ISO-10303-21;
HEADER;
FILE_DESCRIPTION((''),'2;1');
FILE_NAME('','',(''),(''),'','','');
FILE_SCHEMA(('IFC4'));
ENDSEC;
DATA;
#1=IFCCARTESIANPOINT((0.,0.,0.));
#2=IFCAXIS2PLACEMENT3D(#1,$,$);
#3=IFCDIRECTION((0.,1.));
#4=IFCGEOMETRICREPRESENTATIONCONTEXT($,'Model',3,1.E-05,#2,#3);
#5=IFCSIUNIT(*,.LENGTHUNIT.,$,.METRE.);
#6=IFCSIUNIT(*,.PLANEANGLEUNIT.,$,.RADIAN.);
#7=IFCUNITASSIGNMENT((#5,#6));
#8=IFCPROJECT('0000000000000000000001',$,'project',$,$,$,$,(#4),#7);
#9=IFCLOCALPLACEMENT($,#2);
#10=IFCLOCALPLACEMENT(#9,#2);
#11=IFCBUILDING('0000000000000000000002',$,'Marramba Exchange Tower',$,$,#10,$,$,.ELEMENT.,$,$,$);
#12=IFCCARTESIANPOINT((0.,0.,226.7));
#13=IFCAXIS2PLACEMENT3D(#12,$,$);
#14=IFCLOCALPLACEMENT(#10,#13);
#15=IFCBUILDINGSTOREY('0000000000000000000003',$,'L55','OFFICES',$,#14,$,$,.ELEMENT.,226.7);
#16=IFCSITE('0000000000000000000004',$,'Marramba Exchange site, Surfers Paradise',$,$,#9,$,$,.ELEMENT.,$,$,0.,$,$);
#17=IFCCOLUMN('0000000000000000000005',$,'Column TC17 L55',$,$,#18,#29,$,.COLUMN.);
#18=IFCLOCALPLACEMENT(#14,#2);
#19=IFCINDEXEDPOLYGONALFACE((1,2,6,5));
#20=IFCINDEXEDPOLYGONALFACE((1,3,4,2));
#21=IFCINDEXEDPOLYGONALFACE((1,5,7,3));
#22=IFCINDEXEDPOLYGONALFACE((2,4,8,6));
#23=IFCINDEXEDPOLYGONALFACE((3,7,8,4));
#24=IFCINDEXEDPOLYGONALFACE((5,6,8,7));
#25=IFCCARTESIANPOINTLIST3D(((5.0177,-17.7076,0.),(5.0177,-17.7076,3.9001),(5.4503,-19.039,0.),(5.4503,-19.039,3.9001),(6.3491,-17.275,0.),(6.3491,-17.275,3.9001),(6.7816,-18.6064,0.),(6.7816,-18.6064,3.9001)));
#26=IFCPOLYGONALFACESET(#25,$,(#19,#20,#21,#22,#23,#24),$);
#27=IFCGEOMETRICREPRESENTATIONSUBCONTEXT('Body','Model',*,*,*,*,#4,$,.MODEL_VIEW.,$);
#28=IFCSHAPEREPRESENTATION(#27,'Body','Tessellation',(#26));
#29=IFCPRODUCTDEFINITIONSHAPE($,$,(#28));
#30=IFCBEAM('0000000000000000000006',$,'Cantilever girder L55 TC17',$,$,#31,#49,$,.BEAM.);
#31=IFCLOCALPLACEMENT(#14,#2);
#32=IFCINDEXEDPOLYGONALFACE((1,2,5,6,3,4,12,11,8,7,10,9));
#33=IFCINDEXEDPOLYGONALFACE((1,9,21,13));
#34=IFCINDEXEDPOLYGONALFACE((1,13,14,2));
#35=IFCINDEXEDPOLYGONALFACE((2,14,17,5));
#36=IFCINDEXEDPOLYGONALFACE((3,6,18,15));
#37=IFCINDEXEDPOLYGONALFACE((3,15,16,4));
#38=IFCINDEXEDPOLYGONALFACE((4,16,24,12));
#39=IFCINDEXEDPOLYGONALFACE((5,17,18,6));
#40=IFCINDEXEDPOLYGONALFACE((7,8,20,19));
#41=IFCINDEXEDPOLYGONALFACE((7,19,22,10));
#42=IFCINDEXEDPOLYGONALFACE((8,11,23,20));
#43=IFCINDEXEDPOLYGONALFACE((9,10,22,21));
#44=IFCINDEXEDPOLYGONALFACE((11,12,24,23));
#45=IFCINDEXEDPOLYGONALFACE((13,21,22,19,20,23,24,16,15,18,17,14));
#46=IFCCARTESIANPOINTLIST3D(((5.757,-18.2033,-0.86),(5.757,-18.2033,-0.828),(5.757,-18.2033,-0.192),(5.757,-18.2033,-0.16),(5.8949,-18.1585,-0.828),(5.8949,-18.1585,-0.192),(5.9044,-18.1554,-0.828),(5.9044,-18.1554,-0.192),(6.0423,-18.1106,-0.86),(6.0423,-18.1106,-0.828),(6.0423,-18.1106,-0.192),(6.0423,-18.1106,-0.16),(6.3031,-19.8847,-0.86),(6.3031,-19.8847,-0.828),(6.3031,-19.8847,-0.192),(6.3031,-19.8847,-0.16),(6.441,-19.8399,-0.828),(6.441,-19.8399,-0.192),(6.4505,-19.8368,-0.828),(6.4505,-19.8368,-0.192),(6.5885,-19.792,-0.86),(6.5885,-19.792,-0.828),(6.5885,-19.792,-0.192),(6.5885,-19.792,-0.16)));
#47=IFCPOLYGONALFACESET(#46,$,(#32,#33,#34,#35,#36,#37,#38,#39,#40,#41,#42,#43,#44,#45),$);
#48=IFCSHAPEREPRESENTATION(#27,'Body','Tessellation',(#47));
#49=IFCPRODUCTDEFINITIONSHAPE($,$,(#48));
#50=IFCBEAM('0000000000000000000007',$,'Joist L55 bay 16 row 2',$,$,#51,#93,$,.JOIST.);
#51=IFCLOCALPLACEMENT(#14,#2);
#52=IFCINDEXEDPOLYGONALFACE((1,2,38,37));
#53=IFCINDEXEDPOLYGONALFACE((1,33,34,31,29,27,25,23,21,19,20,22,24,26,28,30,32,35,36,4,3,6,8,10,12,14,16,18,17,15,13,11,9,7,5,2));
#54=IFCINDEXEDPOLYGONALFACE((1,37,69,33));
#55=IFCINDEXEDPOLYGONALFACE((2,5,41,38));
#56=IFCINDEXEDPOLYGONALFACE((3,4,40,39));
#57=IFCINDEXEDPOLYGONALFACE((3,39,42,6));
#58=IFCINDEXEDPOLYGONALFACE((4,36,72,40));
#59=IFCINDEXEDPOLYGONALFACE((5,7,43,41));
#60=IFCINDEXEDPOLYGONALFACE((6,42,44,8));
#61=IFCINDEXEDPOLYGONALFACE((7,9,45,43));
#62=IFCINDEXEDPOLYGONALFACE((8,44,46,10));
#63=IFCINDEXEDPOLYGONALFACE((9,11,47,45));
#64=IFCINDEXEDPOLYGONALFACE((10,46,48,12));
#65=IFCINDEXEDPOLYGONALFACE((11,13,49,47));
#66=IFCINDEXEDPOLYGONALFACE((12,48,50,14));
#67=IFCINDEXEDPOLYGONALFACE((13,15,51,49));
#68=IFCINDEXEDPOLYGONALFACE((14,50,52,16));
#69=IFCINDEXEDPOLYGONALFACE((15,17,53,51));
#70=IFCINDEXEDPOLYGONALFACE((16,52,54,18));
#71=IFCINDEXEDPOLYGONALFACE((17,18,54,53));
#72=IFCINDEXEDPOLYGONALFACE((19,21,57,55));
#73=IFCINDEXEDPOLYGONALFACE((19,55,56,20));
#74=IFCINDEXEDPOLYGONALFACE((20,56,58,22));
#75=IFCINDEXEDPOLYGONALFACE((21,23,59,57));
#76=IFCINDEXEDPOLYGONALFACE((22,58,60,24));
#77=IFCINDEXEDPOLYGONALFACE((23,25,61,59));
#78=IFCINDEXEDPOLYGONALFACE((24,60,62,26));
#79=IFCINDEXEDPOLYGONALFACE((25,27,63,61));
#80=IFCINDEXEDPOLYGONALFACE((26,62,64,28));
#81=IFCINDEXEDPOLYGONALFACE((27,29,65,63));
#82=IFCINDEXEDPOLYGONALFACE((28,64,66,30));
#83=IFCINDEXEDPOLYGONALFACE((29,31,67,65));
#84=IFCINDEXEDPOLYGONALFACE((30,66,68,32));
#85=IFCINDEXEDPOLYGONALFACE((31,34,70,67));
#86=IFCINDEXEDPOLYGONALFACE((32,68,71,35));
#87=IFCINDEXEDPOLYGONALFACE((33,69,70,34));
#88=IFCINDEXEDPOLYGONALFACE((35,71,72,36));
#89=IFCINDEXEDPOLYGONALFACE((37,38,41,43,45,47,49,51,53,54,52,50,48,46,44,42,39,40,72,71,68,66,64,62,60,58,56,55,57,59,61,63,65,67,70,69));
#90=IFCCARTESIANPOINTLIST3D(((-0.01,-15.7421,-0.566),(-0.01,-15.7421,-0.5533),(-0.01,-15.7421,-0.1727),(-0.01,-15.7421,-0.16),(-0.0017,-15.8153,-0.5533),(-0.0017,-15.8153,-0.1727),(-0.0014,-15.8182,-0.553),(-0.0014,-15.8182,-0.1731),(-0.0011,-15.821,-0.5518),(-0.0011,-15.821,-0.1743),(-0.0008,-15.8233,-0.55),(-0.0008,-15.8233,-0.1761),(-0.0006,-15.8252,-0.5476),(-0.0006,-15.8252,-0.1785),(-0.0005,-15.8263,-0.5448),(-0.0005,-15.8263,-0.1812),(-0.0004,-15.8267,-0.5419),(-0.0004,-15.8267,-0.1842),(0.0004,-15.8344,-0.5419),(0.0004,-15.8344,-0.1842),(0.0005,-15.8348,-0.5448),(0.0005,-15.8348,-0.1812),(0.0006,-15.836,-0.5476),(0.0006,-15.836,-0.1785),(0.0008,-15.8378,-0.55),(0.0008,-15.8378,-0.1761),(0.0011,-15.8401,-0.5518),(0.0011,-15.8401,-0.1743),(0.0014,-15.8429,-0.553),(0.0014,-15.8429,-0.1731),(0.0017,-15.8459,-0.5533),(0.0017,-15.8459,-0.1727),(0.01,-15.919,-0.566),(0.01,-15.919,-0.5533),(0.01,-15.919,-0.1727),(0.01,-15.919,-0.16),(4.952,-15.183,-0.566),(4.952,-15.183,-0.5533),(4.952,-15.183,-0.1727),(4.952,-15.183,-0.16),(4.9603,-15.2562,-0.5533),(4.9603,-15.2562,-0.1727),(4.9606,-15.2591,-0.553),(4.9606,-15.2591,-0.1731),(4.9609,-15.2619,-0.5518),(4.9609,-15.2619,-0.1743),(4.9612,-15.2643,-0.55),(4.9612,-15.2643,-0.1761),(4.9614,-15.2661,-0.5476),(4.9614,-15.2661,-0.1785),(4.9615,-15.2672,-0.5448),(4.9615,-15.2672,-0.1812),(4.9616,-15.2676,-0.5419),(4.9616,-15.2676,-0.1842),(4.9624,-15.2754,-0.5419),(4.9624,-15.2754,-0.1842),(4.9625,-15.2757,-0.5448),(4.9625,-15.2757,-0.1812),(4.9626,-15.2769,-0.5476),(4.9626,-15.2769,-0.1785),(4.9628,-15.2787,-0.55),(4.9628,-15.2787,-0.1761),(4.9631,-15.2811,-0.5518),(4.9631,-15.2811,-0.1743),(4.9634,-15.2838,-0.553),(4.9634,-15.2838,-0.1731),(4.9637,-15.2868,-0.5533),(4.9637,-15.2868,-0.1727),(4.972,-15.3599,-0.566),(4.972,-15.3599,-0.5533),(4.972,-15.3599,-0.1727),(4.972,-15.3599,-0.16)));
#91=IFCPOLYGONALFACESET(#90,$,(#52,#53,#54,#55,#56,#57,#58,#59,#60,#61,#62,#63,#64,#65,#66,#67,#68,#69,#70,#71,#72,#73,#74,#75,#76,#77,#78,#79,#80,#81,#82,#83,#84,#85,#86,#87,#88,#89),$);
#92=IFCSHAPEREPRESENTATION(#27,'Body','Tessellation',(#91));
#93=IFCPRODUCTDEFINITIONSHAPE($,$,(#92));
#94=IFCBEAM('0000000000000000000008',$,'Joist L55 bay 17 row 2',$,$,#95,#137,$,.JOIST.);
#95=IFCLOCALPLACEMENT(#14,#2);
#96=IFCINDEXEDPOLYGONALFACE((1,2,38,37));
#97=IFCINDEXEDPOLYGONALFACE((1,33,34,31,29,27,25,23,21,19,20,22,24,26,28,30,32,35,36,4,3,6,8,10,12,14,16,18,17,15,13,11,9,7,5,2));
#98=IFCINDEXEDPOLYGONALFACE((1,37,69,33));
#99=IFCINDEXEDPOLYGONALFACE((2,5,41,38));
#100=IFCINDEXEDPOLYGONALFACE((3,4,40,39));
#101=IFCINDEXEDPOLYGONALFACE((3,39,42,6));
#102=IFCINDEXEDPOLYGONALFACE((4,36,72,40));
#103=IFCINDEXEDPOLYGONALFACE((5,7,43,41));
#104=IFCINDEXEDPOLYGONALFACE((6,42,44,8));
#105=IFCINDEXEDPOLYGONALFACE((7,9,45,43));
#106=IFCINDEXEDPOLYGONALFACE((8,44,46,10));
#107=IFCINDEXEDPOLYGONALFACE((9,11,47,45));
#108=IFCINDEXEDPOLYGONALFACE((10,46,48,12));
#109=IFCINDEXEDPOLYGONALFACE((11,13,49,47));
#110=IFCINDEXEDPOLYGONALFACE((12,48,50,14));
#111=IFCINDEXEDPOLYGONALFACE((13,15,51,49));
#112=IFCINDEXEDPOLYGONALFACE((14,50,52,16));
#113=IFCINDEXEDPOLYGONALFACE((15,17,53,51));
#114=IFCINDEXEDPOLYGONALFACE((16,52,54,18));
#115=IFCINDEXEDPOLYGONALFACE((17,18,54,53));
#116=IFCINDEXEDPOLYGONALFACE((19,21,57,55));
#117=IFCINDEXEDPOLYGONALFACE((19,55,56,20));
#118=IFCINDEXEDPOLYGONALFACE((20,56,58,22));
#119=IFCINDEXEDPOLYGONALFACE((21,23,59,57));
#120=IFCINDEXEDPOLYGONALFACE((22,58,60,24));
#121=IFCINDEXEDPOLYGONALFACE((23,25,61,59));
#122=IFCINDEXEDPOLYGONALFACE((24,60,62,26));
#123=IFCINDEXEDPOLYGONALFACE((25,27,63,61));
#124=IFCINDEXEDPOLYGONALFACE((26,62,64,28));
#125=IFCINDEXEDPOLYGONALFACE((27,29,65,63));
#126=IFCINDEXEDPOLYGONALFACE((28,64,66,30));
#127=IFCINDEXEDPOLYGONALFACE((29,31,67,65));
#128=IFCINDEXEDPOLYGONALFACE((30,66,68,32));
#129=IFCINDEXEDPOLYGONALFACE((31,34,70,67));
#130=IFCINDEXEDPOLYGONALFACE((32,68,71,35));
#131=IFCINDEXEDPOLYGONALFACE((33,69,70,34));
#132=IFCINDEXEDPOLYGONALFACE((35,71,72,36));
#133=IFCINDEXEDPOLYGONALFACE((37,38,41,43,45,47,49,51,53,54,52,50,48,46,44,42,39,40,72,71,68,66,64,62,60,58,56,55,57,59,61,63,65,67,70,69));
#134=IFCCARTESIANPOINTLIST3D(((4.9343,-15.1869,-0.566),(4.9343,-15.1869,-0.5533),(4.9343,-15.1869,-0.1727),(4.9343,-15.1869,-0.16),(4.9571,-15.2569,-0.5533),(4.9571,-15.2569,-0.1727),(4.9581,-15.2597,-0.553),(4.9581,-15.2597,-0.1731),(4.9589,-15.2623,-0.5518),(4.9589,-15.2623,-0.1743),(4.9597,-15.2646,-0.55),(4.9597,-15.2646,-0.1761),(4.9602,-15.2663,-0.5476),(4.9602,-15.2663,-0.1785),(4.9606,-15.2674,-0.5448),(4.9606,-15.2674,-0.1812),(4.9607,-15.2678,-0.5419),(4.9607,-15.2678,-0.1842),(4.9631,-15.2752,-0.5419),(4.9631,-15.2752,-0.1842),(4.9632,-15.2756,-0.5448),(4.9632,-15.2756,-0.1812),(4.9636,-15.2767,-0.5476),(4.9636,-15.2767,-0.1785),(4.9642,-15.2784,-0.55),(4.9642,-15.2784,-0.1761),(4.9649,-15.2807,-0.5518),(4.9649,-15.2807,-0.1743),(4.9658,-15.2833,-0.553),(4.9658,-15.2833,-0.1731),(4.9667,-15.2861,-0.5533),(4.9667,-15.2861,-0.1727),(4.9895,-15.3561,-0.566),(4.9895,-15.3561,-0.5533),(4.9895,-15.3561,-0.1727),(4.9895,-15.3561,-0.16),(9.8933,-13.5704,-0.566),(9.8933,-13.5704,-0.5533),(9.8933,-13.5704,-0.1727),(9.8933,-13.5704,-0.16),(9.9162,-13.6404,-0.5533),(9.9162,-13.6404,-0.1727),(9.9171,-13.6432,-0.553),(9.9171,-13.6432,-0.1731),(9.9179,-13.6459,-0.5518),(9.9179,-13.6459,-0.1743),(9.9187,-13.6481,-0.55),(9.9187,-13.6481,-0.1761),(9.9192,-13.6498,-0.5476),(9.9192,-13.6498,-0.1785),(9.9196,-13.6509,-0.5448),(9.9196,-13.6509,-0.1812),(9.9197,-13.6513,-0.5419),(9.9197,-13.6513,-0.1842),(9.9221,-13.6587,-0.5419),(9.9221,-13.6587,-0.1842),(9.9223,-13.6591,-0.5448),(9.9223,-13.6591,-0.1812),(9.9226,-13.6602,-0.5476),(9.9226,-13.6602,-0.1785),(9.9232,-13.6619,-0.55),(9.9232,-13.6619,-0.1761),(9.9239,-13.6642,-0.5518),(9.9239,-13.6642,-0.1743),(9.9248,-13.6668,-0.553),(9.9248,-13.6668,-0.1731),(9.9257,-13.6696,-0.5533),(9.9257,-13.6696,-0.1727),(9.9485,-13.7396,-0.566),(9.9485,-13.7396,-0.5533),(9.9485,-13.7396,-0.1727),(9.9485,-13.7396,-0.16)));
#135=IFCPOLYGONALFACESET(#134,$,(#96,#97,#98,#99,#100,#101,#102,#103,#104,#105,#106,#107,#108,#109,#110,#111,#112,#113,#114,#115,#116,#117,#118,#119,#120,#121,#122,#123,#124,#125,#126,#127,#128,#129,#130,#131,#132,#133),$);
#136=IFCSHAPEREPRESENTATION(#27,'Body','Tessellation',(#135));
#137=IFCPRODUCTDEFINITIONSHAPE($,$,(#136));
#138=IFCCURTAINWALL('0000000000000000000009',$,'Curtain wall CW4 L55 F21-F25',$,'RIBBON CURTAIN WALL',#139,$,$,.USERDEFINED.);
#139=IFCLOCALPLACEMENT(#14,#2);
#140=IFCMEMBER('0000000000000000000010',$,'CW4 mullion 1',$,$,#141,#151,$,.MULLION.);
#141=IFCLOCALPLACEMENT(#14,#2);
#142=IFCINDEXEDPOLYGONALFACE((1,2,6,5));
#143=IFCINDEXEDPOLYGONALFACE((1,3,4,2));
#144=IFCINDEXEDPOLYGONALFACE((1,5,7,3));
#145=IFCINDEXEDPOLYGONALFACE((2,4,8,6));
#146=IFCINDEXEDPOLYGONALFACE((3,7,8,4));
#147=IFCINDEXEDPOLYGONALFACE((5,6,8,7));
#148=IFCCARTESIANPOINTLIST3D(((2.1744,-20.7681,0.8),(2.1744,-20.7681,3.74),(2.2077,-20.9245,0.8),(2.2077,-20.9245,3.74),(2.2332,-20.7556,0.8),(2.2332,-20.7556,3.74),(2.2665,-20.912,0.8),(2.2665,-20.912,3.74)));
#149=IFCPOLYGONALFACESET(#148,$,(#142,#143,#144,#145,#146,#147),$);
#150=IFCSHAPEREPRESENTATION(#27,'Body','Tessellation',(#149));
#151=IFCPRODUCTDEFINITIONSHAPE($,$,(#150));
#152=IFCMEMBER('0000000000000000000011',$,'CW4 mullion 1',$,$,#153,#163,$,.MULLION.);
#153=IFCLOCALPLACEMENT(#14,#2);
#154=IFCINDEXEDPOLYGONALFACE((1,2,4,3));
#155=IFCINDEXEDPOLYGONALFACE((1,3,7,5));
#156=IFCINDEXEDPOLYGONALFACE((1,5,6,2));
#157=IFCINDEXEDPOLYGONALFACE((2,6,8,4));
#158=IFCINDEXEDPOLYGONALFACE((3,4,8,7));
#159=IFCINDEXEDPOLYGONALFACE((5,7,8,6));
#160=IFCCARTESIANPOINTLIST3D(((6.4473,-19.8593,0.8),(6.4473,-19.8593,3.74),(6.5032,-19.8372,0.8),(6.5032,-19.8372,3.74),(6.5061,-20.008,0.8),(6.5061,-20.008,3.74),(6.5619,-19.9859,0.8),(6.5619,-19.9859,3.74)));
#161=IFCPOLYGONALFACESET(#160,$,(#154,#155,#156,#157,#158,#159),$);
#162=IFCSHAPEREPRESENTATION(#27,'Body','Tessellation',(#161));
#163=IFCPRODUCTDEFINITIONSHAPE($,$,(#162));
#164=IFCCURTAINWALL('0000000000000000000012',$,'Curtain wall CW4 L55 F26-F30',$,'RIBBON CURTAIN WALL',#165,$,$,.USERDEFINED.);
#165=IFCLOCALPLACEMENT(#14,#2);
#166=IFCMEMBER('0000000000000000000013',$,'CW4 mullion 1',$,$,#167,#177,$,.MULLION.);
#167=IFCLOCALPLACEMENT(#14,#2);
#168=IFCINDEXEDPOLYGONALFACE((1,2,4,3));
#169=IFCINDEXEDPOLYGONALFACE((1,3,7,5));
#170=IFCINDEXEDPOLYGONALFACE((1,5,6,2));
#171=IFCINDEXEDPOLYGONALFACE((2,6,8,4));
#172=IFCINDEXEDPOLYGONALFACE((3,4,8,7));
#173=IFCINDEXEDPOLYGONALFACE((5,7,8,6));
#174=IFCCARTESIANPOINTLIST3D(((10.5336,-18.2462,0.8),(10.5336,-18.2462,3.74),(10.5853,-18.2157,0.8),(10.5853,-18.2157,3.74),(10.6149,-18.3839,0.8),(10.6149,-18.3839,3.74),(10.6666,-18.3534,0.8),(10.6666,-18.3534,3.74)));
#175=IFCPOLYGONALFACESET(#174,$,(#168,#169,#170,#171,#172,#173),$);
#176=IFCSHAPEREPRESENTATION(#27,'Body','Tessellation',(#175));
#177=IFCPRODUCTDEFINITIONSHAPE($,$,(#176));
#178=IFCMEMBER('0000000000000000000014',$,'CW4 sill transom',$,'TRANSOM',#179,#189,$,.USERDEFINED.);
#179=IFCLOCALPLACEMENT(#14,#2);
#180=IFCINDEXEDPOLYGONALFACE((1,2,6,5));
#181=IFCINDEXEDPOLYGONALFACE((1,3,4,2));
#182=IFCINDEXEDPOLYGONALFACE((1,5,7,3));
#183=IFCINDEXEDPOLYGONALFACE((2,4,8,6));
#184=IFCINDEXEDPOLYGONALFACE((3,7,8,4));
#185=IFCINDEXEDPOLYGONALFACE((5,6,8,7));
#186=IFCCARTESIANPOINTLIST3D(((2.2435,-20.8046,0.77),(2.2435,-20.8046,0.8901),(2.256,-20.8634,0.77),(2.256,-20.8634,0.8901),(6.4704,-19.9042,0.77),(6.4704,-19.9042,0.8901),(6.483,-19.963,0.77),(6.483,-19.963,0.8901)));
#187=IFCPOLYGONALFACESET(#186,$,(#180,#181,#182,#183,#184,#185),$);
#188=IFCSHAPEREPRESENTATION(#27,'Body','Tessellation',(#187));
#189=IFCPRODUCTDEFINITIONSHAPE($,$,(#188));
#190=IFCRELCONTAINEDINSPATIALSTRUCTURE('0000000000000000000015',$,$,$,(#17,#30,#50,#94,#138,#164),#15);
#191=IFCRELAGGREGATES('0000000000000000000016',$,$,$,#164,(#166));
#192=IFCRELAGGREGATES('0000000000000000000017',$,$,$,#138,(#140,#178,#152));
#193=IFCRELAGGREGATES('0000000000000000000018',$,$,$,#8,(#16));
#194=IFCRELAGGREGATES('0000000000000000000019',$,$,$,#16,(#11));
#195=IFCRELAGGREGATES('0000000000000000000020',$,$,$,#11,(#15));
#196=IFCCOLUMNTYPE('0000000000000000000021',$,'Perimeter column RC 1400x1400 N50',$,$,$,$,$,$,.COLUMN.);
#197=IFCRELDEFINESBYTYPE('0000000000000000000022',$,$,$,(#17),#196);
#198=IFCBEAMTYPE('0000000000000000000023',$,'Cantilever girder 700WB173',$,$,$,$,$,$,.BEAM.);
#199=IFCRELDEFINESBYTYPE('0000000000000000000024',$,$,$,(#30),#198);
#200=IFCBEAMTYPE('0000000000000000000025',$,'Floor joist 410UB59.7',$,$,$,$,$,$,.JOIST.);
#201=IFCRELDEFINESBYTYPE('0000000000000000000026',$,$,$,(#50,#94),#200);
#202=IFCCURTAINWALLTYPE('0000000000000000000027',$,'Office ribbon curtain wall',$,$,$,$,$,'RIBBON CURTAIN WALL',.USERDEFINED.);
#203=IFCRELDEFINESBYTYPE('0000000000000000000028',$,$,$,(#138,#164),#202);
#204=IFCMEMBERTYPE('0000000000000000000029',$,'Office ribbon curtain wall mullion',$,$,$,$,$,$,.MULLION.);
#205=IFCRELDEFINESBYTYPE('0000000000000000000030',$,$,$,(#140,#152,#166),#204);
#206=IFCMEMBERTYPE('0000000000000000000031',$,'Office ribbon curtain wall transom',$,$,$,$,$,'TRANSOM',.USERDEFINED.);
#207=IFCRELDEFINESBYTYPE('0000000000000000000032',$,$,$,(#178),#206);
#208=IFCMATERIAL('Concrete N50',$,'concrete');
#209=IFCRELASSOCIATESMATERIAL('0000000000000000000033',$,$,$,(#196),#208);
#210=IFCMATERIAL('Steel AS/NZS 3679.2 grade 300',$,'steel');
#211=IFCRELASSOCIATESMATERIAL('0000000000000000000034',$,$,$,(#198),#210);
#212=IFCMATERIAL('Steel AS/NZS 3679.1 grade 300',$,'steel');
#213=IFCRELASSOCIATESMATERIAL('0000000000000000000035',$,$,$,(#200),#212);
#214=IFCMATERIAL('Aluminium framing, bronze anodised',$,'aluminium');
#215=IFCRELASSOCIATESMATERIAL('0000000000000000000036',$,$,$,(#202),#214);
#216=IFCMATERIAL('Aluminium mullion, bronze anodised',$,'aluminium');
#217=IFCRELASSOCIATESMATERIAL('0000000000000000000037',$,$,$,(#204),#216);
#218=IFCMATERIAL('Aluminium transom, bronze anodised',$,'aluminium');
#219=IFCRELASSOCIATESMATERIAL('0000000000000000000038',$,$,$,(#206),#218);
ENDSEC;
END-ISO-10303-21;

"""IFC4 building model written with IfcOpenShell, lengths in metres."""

from ifc_helpers import new_model, si_unit, direction, frame, origin, origin_2d, place, context, subcontext, project, spatial, rectangle, i_section, extrude, material, material_profile, profile_set, type_object, element, aggregate, save


model = new_model("IFC4")

# Units and contexts
model_context = context("Model", 3, precision=1e-05, world=origin(), true_north=direction((0.0, 1.0)))
body_context = subcontext(model_context, "Body", "Model", "MODEL_VIEW")
ifc_project = project(units=[si_unit("LENGTHUNIT", "METRE"), si_unit("PLANEANGLEUNIT", "RADIAN")], contexts=[model_context])

# Site, building, storey
site_placement = place(None, origin())
site = spatial("IfcSite", under=ifc_project, at=site_placement, Name="Marramba Exchange site, Surfers Paradise", CompositionType="ELEMENT", RefElevation=0.0)
building_placement = place(site_placement, origin())
building = spatial("IfcBuilding", under=site, at=building_placement, Name="Marramba Exchange Tower", CompositionType="ELEMENT")
storey_placement = place(building_placement, frame((0.0, 0.0, 226.7)))
storey = spatial("IfcBuildingStorey", under=building, at=storey_placement, Name="L55", Description="OFFICES", CompositionType="ELEMENT", Elevation=226.7)

# Column
ifc_material_1 = material(Name="Concrete N50", Category="concrete")
ifc_material_profile_1 = material_profile(ifc_material_1, rectangle(XDim=1.3999, YDim=1.3999, at=origin_2d()), Name="RC 1400x1400")
ifc_profile_set_1 = profile_set([ifc_material_profile_1], Name="Concrete N50")
column_type = type_object("IfcColumnType", Name="Perimeter column RC 1400x1400 N50", PredefinedType="COLUMN", material=ifc_profile_set_1)
column_placement = place(storey_placement, frame((5.8997, -18.157, 0.0), z_axis=(0.0, 0.0, 1.0), x_axis=(0.309017, -0.951057, 0.0)))
element("IfcColumn", 1, at=column_placement, inside=storey, type_object=column_type, Name="Column TC17 L55", PredefinedType="COLUMN", context=body_context, shape_type="SweptSolid", body=[
    extrude(rectangle(XDim=1.3999, YDim=1.3999, at=origin_2d()), origin(), (0.0, 0.0, 1.0), 3.9001),
])

# Beams
ifc_material_2 = material(Name="Steel AS/NZS 3679.2 grade 300", Category="steel")
ifc_material_profile_2 = material_profile(ifc_material_2, i_section(OverallWidth=0.3, OverallDepth=0.7, WebThickness=0.01, FlangeThickness=0.032, at=origin_2d()), Name="700WB173")
ifc_profile_set_2 = profile_set([ifc_material_profile_2], Name="Steel AS/NZS 3679.2 grade 300")
beam_type_1 = type_object("IfcBeamType", Name="Cantilever girder 700WB173", PredefinedType="BEAM", material=ifc_profile_set_2)
beam_1_placement = place(storey_placement, frame((5.8997, -18.157, -0.51), z_axis=(0.308927, -0.951086, 0.0), x_axis=(0.951086, 0.308927, 0.0)))
element("IfcBeam", 2, at=beam_1_placement, inside=storey, type_object=beam_type_1, Name="Cantilever girder L55 TC17", PredefinedType="BEAM", context=body_context, shape_type="SweptSolid", body=[
    extrude(i_section(OverallWidth=0.3, OverallDepth=0.7, WebThickness=0.01, FlangeThickness=0.032, at=origin_2d()), origin(), (0.0, 0.0, 1.0), 1.7678),
])
ifc_material_3 = material(Name="Steel AS/NZS 3679.1 grade 300", Category="steel")
ifc_material_profile_3 = material_profile(ifc_material_3, i_section(OverallWidth=0.178, OverallDepth=0.406, WebThickness=0.0078, FlangeThickness=0.0127, FilletRadius=0.0115, at=origin_2d()), Name="410UB59.7")
ifc_profile_set_3 = profile_set([ifc_material_profile_3], Name="Steel AS/NZS 3679.1 grade 300")
beam_type_2 = type_object("IfcBeamType", Name="Floor joist 410UB59.7", PredefinedType="JOIST", material=ifc_profile_set_3)
beam_2_placement = place(storey_placement, frame((0.0, -15.8306, -0.363), z_axis=(0.993712, 0.111966, 0.0), x_axis=(-0.111966, 0.993712, 0.0)))
element("IfcBeam", 3, at=beam_2_placement, inside=storey, type_object=beam_type_2, Name="Joist L55 bay 16 row 2", PredefinedType="JOIST", context=body_context, shape_type="SweptSolid", body=[
    extrude(i_section(OverallWidth=0.178, OverallDepth=0.406, WebThickness=0.0078, FlangeThickness=0.0127, FilletRadius=0.0115, at=origin_2d()), origin(), (0.0, 0.0, 1.0), 4.9934),
])
beam_3_placement = place(storey_placement, frame((4.9619, -15.2715, -0.363), z_axis=(0.950764, 0.309916, 0.0), x_axis=(-0.309916, 0.950764, 0.0)))
element("IfcBeam", 4, at=beam_3_placement, inside=storey, type_object=beam_type_2, Name="Joist L55 bay 17 row 2", PredefinedType="JOIST", context=body_context, shape_type="SweptSolid", body=[
    extrude(i_section(OverallWidth=0.178, OverallDepth=0.406, WebThickness=0.0078, FlangeThickness=0.0127, FilletRadius=0.0115, at=origin_2d()), origin(), (0.0, 0.0, 1.0), 5.2158),
])

# Curtain wall, members
ifc_material_4 = material(Name="Aluminium framing, bronze anodised", Category="aluminium")
curtain_wall_type = type_object("IfcCurtainWallType", Name="Office ribbon curtain wall", ElementType="RIBBON CURTAIN WALL", PredefinedType="USERDEFINED", material=ifc_material_4)
curtain_wall_1_placement = place(storey_placement, origin())
curtain_wall_1 = element("IfcCurtainWall", 5, at=curtain_wall_1_placement, inside=storey, type_object=curtain_wall_type, Name="Curtain wall CW4 L55 F21-F25", ObjectType="RIBBON CURTAIN WALL", PredefinedType="USERDEFINED")
ifc_material_5 = material(Name="Aluminium mullion, bronze anodised", Category="aluminium")
ifc_material_profile_4 = material_profile(ifc_material_5, rectangle(XDim=0.1599, YDim=0.0601, at=origin_2d()), Name="CW4 mullion 60x160")
ifc_profile_set_4 = profile_set([ifc_material_profile_4], Name="Aluminium mullion, bronze anodised")
member_type_1 = type_object("IfcMemberType", Name="Office ribbon curtain wall mullion", PredefinedType="MULLION", material=ifc_profile_set_4)
member_1_placement = place(storey_placement, frame((2.2205, -20.8401, 0.8), z_axis=(0.0, 0.0, 1.0), x_axis=(-0.208332, 0.978058, 0.0)))
member_1 = element("IfcMember", 6, at=member_1_placement, type_object=member_type_1, Name="CW4 mullion 1", PredefinedType="MULLION", context=body_context, shape_type="SweptSolid", body=[
    extrude(rectangle(XDim=0.1599, YDim=0.0601, at=origin_2d()), origin(), (0.0, 0.0, 1.0), 2.9399),
])
member_2_placement = place(storey_placement, frame((6.5046, -19.9226, 0.8), z_axis=(0.0, 0.0, 1.0), x_axis=(-0.367375, 0.930073, 0.0)))
member_2 = element("IfcMember", 7, at=member_2_placement, type_object=member_type_1, Name="CW4 mullion 1", PredefinedType="MULLION", context=body_context, shape_type="SweptSolid", body=[
    extrude(rectangle(XDim=0.1599, YDim=0.0601, at=origin_2d()), origin(), (0.0, 0.0, 1.0), 2.9399),
])

# Curtain wall, member
curtain_wall_2_placement = place(storey_placement, origin())
curtain_wall_2 = element("IfcCurtainWall", 8, at=curtain_wall_2_placement, inside=storey, type_object=curtain_wall_type, Name="Curtain wall CW4 L55 F26-F30", ObjectType="RIBBON CURTAIN WALL", PredefinedType="USERDEFINED")
member_3_placement = place(storey_placement, frame((10.6001, -18.2998, 0.8), z_axis=(0.0, 0.0, 1.0), x_axis=(-0.508011, 0.861351, 0.0)))
member_3 = element("IfcMember", 9, at=member_3_placement, type_object=member_type_1, Name="CW4 mullion 1", PredefinedType="MULLION", context=body_context, shape_type="SweptSolid", body=[
    extrude(rectangle(XDim=0.1599, YDim=0.0601, at=origin_2d()), origin(), (0.0, 0.0, 1.0), 2.9399),
])
aggregate(curtain_wall_2, [member_3])

# Member
ifc_material_6 = material(Name="Aluminium transom, bronze anodised", Category="aluminium")
ifc_material_profile_5 = material_profile(ifc_material_6, rectangle(XDim=0.0601, YDim=0.1201, at=origin_2d()), Name="CW4 transom 60x120")
ifc_profile_set_5 = profile_set([ifc_material_profile_5], Name="Aluminium transom, bronze anodised")
member_type_2 = type_object("IfcMemberType", Name="Office ribbon curtain wall transom", ElementType="TRANSOM", PredefinedType="USERDEFINED", material=ifc_profile_set_5)
member_4_placement = place(storey_placement, frame((2.2498, -20.834, 0.8301), z_axis=(0.978058, 0.208333, 0.0), x_axis=(-0.208333, 0.978058, 0.0)))
member_4 = element("IfcMember", 10, at=member_4_placement, type_object=member_type_2, Name="CW4 sill transom", ObjectType="TRANSOM", PredefinedType="USERDEFINED", context=body_context, shape_type="SweptSolid", body=[
    extrude(rectangle(XDim=0.0601, YDim=0.1201, at=origin_2d()), origin(), (0.0, 0.0, 1.0), 4.3218),
])

aggregate(curtain_wall_1, [member_1, member_4, member_2])

save(model, "model.ifc")
